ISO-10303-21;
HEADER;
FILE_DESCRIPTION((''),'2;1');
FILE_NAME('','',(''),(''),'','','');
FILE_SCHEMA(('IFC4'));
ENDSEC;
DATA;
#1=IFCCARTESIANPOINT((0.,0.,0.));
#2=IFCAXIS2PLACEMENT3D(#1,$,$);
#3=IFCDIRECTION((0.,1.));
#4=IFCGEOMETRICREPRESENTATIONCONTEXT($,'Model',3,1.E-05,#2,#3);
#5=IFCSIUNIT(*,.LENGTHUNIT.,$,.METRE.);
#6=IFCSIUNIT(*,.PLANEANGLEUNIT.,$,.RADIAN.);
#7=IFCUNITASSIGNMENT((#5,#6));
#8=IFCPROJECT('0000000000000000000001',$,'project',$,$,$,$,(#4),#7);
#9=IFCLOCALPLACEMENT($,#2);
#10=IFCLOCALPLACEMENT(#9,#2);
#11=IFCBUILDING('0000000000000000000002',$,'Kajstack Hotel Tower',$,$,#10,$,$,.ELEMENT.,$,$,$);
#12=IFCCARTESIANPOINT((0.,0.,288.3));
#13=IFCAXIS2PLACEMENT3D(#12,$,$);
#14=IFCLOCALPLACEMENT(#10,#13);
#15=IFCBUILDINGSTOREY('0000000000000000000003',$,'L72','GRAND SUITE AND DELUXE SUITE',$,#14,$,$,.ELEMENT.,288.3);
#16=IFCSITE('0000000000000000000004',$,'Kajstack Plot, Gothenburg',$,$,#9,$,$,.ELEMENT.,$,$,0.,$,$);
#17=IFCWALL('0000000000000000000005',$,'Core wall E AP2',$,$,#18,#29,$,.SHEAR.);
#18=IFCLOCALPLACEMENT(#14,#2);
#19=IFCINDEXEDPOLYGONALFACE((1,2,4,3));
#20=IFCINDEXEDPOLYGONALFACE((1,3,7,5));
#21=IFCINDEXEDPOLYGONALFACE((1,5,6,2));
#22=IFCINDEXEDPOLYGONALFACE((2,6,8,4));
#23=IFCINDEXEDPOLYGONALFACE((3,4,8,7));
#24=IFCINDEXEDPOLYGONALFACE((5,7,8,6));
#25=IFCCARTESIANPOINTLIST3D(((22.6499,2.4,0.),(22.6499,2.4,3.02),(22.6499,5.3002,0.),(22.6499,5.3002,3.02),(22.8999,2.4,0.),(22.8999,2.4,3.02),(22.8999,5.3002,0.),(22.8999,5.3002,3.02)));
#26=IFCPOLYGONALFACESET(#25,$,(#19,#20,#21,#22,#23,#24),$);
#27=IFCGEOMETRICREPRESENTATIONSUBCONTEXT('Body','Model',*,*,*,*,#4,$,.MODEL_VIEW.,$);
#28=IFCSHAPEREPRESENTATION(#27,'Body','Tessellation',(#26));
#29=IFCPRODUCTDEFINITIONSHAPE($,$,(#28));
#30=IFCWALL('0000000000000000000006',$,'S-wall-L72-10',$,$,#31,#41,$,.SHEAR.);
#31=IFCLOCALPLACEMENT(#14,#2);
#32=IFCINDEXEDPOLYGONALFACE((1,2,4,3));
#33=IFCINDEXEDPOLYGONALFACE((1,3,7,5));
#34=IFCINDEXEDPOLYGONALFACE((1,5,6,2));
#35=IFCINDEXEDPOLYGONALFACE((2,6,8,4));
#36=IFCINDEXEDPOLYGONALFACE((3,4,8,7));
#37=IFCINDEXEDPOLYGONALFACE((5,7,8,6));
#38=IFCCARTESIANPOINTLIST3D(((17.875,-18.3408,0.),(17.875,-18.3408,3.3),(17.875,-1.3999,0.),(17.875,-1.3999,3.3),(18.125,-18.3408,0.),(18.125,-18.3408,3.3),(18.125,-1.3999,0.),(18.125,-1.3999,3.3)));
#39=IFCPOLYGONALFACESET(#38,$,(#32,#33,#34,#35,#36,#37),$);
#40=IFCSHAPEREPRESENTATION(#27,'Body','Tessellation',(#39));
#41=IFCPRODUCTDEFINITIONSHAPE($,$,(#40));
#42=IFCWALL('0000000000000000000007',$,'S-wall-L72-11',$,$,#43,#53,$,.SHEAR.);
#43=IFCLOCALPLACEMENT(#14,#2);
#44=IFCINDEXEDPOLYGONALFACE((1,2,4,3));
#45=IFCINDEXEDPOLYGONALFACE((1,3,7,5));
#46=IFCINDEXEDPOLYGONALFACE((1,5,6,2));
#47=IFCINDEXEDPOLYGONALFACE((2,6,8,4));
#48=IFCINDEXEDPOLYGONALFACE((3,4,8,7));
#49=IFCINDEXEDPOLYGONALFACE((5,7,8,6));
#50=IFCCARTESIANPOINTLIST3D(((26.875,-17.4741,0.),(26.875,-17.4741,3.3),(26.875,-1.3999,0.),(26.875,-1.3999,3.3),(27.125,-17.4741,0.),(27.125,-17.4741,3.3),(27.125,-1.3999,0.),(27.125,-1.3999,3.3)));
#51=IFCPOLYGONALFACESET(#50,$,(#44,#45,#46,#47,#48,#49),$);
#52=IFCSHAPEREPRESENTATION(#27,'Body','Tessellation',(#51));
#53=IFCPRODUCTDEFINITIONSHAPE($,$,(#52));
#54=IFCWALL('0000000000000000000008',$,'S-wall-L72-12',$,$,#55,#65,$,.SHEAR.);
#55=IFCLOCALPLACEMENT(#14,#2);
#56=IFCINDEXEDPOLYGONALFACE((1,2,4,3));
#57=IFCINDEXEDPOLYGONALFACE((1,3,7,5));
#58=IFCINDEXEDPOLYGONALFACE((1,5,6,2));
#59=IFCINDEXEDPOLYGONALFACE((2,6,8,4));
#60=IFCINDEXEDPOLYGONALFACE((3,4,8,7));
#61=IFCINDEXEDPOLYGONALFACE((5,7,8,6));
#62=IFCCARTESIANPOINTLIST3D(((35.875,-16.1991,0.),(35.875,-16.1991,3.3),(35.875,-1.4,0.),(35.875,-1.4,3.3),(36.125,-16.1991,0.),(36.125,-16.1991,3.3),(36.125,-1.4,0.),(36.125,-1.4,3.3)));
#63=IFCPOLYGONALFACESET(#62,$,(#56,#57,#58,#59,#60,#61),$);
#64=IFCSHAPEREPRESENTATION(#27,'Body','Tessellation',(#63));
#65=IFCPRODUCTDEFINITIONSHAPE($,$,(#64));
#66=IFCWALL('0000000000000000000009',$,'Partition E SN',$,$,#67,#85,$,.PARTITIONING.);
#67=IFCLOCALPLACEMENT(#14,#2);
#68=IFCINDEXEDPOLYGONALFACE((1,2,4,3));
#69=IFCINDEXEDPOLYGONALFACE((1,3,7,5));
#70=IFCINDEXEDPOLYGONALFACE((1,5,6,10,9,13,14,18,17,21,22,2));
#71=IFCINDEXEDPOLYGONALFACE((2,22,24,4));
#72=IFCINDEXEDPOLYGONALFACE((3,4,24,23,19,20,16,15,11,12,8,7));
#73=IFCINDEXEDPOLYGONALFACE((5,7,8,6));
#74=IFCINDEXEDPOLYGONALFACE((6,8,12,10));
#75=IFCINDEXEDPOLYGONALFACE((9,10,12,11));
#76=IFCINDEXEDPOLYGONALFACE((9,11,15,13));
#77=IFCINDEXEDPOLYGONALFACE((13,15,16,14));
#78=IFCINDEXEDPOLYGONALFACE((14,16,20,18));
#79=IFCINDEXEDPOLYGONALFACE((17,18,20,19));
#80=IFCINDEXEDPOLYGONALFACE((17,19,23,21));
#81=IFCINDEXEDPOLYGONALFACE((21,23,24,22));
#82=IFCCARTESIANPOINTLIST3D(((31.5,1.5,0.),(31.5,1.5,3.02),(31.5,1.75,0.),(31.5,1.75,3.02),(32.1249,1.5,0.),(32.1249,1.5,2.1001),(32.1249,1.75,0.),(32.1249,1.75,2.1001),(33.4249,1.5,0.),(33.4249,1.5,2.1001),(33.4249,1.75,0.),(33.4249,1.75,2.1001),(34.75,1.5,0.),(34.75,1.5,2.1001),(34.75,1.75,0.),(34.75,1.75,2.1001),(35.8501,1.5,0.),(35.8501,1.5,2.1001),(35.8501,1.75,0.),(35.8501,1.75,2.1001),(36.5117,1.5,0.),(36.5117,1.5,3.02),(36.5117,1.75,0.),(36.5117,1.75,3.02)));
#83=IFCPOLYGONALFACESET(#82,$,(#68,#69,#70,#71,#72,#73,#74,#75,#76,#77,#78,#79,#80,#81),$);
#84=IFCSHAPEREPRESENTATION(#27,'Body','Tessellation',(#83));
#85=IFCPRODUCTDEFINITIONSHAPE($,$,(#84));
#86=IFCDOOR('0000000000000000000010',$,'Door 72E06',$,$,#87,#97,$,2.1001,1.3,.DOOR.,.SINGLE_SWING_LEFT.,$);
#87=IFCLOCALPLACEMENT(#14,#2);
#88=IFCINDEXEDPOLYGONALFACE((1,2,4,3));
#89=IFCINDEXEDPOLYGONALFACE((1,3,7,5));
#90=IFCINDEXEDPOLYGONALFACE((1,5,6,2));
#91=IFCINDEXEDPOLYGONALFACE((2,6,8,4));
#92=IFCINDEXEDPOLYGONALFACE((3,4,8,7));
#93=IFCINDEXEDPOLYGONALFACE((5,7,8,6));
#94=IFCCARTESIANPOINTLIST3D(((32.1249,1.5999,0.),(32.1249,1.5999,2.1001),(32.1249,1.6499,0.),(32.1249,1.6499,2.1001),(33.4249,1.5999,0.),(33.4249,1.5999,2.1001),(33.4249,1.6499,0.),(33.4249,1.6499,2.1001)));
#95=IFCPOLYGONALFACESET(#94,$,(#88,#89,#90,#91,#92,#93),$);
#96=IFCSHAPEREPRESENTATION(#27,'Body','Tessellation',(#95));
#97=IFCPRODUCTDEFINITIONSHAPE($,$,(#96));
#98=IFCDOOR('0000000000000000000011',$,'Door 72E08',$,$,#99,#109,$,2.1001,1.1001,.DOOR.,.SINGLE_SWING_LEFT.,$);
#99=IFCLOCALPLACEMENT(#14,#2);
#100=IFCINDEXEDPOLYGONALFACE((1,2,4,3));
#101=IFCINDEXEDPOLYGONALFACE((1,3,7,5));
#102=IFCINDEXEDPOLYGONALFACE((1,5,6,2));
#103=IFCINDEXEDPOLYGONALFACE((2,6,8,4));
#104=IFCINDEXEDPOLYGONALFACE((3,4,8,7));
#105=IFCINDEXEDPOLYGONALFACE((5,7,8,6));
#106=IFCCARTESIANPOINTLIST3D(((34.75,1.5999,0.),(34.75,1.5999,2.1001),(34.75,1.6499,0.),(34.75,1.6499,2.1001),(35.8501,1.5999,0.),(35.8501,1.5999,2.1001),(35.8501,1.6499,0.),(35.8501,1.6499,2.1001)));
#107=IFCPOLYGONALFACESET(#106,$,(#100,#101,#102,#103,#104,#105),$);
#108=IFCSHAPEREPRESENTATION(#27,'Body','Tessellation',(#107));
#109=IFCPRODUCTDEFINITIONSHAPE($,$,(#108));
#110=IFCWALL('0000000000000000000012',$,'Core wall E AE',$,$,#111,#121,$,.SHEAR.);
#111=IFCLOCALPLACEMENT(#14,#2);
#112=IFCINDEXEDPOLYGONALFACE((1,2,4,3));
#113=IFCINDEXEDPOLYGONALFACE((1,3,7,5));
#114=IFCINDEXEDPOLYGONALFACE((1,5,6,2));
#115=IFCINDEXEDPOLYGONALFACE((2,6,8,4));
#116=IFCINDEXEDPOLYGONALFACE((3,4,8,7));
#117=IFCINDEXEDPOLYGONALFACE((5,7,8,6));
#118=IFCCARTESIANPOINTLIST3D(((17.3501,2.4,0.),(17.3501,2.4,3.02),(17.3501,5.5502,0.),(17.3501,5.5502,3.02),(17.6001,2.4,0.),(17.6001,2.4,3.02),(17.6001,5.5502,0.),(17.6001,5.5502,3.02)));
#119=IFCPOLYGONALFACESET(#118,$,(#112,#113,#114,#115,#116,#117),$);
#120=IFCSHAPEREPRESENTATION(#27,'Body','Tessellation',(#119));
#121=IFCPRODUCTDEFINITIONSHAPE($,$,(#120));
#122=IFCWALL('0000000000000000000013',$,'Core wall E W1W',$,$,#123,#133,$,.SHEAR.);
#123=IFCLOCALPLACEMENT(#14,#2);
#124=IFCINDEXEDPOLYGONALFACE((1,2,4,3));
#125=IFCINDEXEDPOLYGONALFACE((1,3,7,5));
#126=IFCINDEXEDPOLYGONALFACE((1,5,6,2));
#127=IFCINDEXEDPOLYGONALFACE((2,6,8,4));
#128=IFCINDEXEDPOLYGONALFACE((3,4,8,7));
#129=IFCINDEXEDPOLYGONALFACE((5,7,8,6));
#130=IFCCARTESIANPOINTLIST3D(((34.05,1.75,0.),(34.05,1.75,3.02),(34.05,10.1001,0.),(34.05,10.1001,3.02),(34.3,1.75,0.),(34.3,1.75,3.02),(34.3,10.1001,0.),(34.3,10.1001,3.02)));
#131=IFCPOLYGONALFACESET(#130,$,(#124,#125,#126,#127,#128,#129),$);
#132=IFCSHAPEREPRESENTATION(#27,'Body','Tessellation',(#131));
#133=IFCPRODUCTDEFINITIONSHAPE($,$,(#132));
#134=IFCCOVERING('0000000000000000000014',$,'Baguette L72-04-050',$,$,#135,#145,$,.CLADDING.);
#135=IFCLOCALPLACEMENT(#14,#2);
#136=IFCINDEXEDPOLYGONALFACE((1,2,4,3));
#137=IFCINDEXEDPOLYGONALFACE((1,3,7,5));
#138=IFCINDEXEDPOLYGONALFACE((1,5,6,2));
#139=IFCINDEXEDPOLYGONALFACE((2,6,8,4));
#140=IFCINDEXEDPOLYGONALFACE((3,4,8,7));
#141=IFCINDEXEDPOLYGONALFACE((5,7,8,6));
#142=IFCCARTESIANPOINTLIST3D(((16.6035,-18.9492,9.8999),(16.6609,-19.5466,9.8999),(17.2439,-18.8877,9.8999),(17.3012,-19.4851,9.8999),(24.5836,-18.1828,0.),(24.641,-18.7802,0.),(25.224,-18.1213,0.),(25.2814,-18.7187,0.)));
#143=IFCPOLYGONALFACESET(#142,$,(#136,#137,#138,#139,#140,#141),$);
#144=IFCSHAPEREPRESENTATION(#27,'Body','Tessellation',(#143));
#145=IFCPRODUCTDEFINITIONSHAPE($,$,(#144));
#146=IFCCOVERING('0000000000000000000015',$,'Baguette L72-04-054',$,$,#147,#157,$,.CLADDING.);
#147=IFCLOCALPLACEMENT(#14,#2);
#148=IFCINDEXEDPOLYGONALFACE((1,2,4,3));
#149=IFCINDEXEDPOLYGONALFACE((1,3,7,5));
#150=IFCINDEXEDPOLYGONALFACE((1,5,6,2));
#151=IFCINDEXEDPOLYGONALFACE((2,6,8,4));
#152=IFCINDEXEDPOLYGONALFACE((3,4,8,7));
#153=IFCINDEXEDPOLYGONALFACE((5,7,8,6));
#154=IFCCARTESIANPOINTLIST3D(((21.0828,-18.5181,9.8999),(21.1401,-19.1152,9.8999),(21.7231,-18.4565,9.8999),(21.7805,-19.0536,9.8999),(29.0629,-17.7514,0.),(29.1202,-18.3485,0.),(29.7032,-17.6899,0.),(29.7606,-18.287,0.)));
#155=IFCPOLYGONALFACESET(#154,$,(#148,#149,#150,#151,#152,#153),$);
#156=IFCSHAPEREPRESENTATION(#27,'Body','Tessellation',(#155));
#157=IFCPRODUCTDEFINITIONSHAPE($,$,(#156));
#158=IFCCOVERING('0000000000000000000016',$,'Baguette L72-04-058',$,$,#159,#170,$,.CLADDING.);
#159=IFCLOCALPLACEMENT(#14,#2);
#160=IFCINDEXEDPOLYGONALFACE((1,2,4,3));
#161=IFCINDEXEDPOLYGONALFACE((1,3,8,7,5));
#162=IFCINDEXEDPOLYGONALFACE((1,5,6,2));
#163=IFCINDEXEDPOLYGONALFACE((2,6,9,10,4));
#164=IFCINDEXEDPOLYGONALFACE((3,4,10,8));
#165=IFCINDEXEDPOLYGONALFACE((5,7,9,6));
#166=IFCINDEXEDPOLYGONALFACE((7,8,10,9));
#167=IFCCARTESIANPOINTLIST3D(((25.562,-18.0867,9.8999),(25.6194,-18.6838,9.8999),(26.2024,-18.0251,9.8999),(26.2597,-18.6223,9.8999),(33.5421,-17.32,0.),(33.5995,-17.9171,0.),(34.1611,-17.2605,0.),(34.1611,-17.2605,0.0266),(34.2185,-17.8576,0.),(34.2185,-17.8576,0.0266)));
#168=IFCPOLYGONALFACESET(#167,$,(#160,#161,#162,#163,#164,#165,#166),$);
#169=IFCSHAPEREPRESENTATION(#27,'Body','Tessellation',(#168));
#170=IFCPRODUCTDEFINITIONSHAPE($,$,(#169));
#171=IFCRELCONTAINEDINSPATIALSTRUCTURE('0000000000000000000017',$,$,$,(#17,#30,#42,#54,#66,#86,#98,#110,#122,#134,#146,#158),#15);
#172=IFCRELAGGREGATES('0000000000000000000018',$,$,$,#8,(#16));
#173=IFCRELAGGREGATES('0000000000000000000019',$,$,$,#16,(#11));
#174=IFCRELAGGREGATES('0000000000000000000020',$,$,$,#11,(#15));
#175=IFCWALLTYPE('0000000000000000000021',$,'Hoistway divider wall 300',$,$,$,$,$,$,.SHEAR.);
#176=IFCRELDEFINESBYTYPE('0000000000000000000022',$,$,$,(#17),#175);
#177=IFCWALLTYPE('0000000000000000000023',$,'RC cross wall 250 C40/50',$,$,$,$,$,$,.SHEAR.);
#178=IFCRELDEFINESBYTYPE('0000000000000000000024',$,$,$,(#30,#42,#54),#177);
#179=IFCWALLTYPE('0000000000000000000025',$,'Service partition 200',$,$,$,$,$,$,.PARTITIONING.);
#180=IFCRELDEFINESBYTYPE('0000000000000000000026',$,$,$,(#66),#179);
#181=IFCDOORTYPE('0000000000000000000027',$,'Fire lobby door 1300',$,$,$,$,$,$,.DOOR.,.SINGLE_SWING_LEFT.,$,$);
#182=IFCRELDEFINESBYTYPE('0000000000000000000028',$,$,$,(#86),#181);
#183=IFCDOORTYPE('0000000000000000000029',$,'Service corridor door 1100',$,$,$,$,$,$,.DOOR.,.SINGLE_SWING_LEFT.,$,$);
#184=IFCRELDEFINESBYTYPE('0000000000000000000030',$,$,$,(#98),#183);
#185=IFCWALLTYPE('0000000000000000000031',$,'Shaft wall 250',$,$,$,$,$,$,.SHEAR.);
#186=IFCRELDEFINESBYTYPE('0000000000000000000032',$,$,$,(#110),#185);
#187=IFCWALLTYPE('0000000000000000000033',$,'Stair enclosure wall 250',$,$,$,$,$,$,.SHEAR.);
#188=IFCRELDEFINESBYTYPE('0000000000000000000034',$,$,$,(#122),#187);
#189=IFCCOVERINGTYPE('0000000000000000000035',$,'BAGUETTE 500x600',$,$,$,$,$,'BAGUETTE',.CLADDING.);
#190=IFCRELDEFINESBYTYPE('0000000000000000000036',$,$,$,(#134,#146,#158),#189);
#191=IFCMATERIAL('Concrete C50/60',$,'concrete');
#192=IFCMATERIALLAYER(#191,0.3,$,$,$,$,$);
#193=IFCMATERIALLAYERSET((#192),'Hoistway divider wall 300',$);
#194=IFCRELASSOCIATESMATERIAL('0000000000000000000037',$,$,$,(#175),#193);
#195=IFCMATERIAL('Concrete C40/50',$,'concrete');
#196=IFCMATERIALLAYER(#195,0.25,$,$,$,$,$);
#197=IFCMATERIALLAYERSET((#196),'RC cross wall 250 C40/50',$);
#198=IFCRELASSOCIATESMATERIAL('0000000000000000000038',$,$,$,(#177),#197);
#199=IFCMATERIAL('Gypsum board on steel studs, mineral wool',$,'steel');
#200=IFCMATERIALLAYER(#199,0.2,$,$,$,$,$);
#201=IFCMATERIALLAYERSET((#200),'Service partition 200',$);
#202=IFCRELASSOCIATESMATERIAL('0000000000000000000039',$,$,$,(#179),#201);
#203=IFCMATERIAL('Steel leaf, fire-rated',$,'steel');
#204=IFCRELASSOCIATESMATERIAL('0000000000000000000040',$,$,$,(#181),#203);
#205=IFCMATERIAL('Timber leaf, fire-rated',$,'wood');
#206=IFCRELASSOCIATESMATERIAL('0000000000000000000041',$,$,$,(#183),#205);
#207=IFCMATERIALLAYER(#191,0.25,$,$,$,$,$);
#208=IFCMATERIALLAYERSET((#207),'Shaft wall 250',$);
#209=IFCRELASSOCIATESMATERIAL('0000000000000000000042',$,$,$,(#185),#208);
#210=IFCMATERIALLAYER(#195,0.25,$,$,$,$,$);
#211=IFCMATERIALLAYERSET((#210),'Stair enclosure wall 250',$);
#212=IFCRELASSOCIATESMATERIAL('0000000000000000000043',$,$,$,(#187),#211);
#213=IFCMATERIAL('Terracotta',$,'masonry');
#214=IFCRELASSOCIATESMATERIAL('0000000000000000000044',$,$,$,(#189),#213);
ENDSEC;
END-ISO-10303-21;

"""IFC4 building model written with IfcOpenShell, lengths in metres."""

from ifc_helpers import new_model, si_unit, direction, frame, frame_2d, origin, origin_2d, place, context, subcontext, project, spatial, polyline, rectangle, outline, extrude, material, layer, layer_set, material_profile, profile_set, type_object, element, fill, save


model = new_model("IFC4")

# Units and contexts
model_context = context("Model", 3, precision=1e-05, world=origin(), true_north=direction((0.0, 1.0)))
body_context = subcontext(model_context, "Body", "Model", "MODEL_VIEW")
ifc_project = project(units=[si_unit("LENGTHUNIT", "METRE"), si_unit("PLANEANGLEUNIT", "RADIAN")], contexts=[model_context])

# Site, building, storey
site_placement = place(None, origin())
site = spatial("IfcSite", under=ifc_project, at=site_placement, Name="Kajstack Plot, Gothenburg", CompositionType="ELEMENT", RefElevation=0.0)
building_placement = place(site_placement, origin())
building = spatial("IfcBuilding", under=site, at=building_placement, Name="Kajstack Hotel Tower", CompositionType="ELEMENT")
storey_placement = place(building_placement, frame((0.0, 0.0, 288.3)))
storey = spatial("IfcBuildingStorey", under=building, at=storey_placement, Name="L72", Description="GRAND SUITE AND DELUXE SUITE", CompositionType="ELEMENT", Elevation=288.3)

# Walls
ifc_material_1 = material(Name="Concrete C50/60", Category="concrete")
ifc_layer_1 = layer(ifc_material_1, 0.3)
ifc_layer_set_1 = layer_set([ifc_layer_1], Name="Hoistway divider wall 300")
wall_type_1 = type_object("IfcWallType", Name="Hoistway divider wall 300", PredefinedType="SHEAR", material=ifc_layer_set_1)
wall_1_placement = place(storey_placement, frame((22.7749, 2.3999, 0.0), z_axis=(0.0, 0.0, 1.0), x_axis=(0.0, 1.0, 0.0)))
element("IfcWall", 1, at=wall_1_placement, inside=storey, type_object=wall_type_1, Name="Core wall E AP2", PredefinedType="SHEAR", context=body_context, shape_type="SweptSolid", body=[
    extrude(rectangle(XDim=2.9001, YDim=0.25, at=frame_2d((1.4502, 0.0))), origin(), (0.0, 0.0, 1.0), 3.02),
])
ifc_material_2 = material(Name="Concrete C40/50", Category="concrete")
ifc_layer_2 = layer(ifc_material_2, 0.25)
ifc_layer_set_2 = layer_set([ifc_layer_2], Name="RC cross wall 250 C40/50")
wall_type_2 = type_object("IfcWallType", Name="RC cross wall 250 C40/50", PredefinedType="SHEAR", material=ifc_layer_set_2)
wall_2_placement = place(storey_placement, frame((18.0, -18.3408, 0.0), z_axis=(0.0, 0.0, 1.0), x_axis=(0.0, 1.0, 0.0)))
element("IfcWall", 2, at=wall_2_placement, inside=storey, type_object=wall_type_2, Name="S-wall-L72-10", PredefinedType="SHEAR", context=body_context, shape_type="SweptSolid", body=[
    extrude(rectangle(XDim=16.9409, YDim=0.25, at=frame_2d((8.4705, 0.0))), origin(), (0.0, 0.0, 1.0), 3.3),
])
wall_3_placement = place(storey_placement, frame((27.0, -17.4741, 0.0), z_axis=(0.0, 0.0, 1.0), x_axis=(0.0, 1.0, 0.0)))
element("IfcWall", 3, at=wall_3_placement, inside=storey, type_object=wall_type_2, Name="S-wall-L72-11", PredefinedType="SHEAR", context=body_context, shape_type="SweptSolid", body=[
    extrude(rectangle(XDim=16.0742, YDim=0.25, at=frame_2d((8.0371, 0.0))), origin(), (0.0, 0.0, 1.0), 3.3),
])
wall_4_placement = place(storey_placement, frame((36.0, -16.199, 0.0), z_axis=(0.0, 0.0, 1.0), x_axis=(0.0, 1.0, 0.0)))
element("IfcWall", 4, at=wall_4_placement, inside=storey, type_object=wall_type_2, Name="S-wall-L72-12", PredefinedType="SHEAR", context=body_context, shape_type="SweptSolid", body=[
    extrude(rectangle(XDim=14.7991, YDim=0.25, at=frame_2d((7.3994, 0.0))), origin(), (0.0, 0.0, 1.0), 3.3),
])

# Wall, openings, doors
ifc_material_3 = material(Name="Gypsum board on steel studs, mineral wool", Category="steel")
ifc_layer_3 = layer(ifc_material_3, 0.2)
ifc_layer_set_3 = layer_set([ifc_layer_3], Name="Service partition 200")
wall_type_3 = type_object("IfcWallType", Name="Service partition 200", PredefinedType="PARTITIONING", material=ifc_layer_set_3)
wall_5_placement = place(storey_placement, frame((31.5, 1.625, 0.0), z_axis=(0.0, 0.0, 1.0), x_axis=(1.0, 0.0, 0.0)))
wall_5 = element("IfcWall", 5, at=wall_5_placement, inside=storey, type_object=wall_type_3, Name="Partition E SN", PredefinedType="PARTITIONING", context=body_context, shape_type="SweptSolid", body=[
    extrude(rectangle(XDim=5.0117, YDim=0.25, at=frame_2d((2.5059, 0.0))), origin(), (0.0, 0.0, 1.0), 3.02),
])
opening_1_placement = place(wall_5_placement, frame((0.625, 0.0, 0.0)))
opening_1 = element("IfcOpeningElement", 6, at=opening_1_placement, cuts=wall_5, PredefinedType="OPENING", context=body_context, shape_type="SweptSolid", body=[
    extrude(rectangle(XDim=1.3, YDim=2.1001, at=frame_2d((0.6499, 1.05))), frame((0.0, 0.135, 0.0), z_axis=(0.0, -1.0, 0.0), x_axis=(1.0, 0.0, 0.0)), (0.0, 0.0, 1.0), 0.27),
])
opening_2_placement = place(wall_5_placement, frame((3.25, 0.0, 0.0)))
opening_2 = element("IfcOpeningElement", 7, at=opening_2_placement, cuts=wall_5, PredefinedType="OPENING", context=body_context, shape_type="SweptSolid", body=[
    extrude(rectangle(XDim=1.1001, YDim=2.1001, at=frame_2d((0.55, 1.05))), frame((0.0, 0.135, 0.0), z_axis=(0.0, -1.0, 0.0), x_axis=(1.0, 0.0, 0.0)), (0.0, 0.0, 1.0), 0.27),
])
ifc_material_4 = material(Name="Steel leaf, fire-rated", Category="steel")
door_type_1 = type_object("IfcDoorType", Name="Fire lobby door 1300", OperationType="SINGLE_SWING_LEFT", PredefinedType="DOOR", material=ifc_material_4)
door_1_placement = place(opening_1_placement, origin())
door_1 = element("IfcDoor", 8, at=door_1_placement, inside=storey, type_object=door_type_1, Name="Door 72E06", OperationType="SINGLE_SWING_LEFT", OverallHeight=2.1001, OverallWidth=1.3, PredefinedType="DOOR", context=body_context, shape_type="SweptSolid", body=[
    extrude(rectangle(XDim=1.3, YDim=2.1001, at=frame_2d((0.6499, 1.05))), frame((0.0, 0.0249, 0.0), z_axis=(0.0, -1.0, 0.0), x_axis=(1.0, 0.0, 0.0)), (0.0, 0.0, 1.0), 0.05),
])
fill(opening_1, door_1)
ifc_material_5 = material(Name="Timber leaf, fire-rated", Category="wood")
door_type_2 = type_object("IfcDoorType", Name="Service corridor door 1100", OperationType="SINGLE_SWING_LEFT", PredefinedType="DOOR", material=ifc_material_5)
door_2_placement = place(opening_2_placement, origin())
door_2 = element("IfcDoor", 9, at=door_2_placement, inside=storey, type_object=door_type_2, Name="Door 72E08", OperationType="SINGLE_SWING_LEFT", OverallHeight=2.1001, OverallWidth=1.1001, PredefinedType="DOOR", context=body_context, shape_type="SweptSolid", body=[
    extrude(rectangle(XDim=1.1001, YDim=2.1001, at=frame_2d((0.55, 1.05))), frame((0.0, 0.0249, 0.0), z_axis=(0.0, -1.0, 0.0), x_axis=(1.0, 0.0, 0.0)), (0.0, 0.0, 1.0), 0.05),
])
fill(opening_2, door_2)

# Walls
ifc_layer_4 = layer(ifc_material_1, 0.25)
ifc_layer_set_4 = layer_set([ifc_layer_4], Name="Shaft wall 250")
wall_type_4 = type_object("IfcWallType", Name="Shaft wall 250", PredefinedType="SHEAR", material=ifc_layer_set_4)
wall_6_placement = place(storey_placement, frame((17.4751, 2.3999, 0.0), z_axis=(0.0, 0.0, 1.0), x_axis=(0.0, 1.0, 0.0)))
element("IfcWall", 10, at=wall_6_placement, inside=storey, type_object=wall_type_4, Name="Core wall E AE", PredefinedType="SHEAR", context=body_context, shape_type="SweptSolid", body=[
    extrude(rectangle(XDim=3.1501, YDim=0.25, at=frame_2d((1.5752, 0.0))), origin(), (0.0, 0.0, 1.0), 3.02),
])
ifc_layer_5 = layer(ifc_material_2, 0.25)
ifc_layer_set_5 = layer_set([ifc_layer_5], Name="Stair enclosure wall 250")
wall_type_5 = type_object("IfcWallType", Name="Stair enclosure wall 250", PredefinedType="SHEAR", material=ifc_layer_set_5)
wall_7_placement = place(storey_placement, frame((34.175, 1.75, 0.0), z_axis=(0.0, 0.0, 1.0), x_axis=(0.0, 1.0, 0.0)))
element("IfcWall", 11, at=wall_7_placement, inside=storey, type_object=wall_type_5, Name="Core wall E W1W", PredefinedType="SHEAR", context=body_context, shape_type="SweptSolid", body=[
    extrude(rectangle(XDim=8.3501, YDim=0.25, at=frame_2d((4.175, 0.0))), origin(), (0.0, 0.0, 1.0), 3.02),
])

# Coverings
ifc_material_6 = material(Name="Terracotta", Category="masonry")
ifc_material_profile = material_profile(ifc_material_6, rectangle(XDim=0.6001, YDim=0.5, at=origin_2d()), Name="Terracotta-clad concrete baguette 500 x 600")
ifc_profile_set = profile_set([ifc_material_profile], Name="Terracotta")
covering_type = type_object("IfcCoveringType", Name="BAGUETTE 500x600", ElementType="BAGUETTE", PredefinedType="CLADDING", material=ifc_profile_set)
covering_1_placement = place(storey_placement, frame((16.6035, -18.9492, 0.0), z_axis=(0.095596, -0.99542, 0.0), x_axis=(0.99542, 0.095596, 0.0)))
element("IfcCovering", 12, at=covering_1_placement, inside=storey, type_object=covering_type, Name="Baguette L72-04-050", PredefinedType="CLADDING", context=body_context, shape_type="SweptSolid", body=[
    extrude(outline(polyline([(0.0, 9.8999), (8.0168, 0.0), (8.6602, 0.0), (0.6433, 9.8999), (0.0, 9.8999)])), origin(), (0.0, 0.0, 1.0), 0.6001),
])
covering_2_placement = place(storey_placement, frame((21.0828, -18.5181, 0.0), z_axis=(0.095635, -0.995416, 0.0), x_axis=(0.995416, 0.095635, 0.0)))
element("IfcCovering", 13, at=covering_2_placement, inside=storey, type_object=covering_type, Name="Baguette L72-04-054", PredefinedType="CLADDING", context=body_context, shape_type="SweptSolid", body=[
    extrude(outline(polyline([(0.0, 9.8999), (8.0168, 0.0), (8.6602, 0.0), (0.6433, 9.8999), (0.0, 9.8999)])), origin(), (0.0, 0.0, 1.0), 0.5999),
])
covering_3_placement = place(storey_placement, frame((25.562, -18.0867, 0.0), z_axis=(0.095635, -0.995416, 0.0), x_axis=(0.995416, 0.095635, 0.0)))
element("IfcCovering", 14, at=covering_3_placement, inside=storey, type_object=covering_type, Name="Baguette L72-04-058", PredefinedType="CLADDING", context=body_context, shape_type="SweptSolid", body=[
    extrude(outline(polyline([(8.0168, 0.0), (8.6387, 0.0), (8.6387, 0.0266), (0.6433, 9.8999), (0.0, 9.8999), (8.0168, 0.0)])), origin(), (0.0, 0.0, 1.0), 0.5999),
])

save(model, "model.ifc")
